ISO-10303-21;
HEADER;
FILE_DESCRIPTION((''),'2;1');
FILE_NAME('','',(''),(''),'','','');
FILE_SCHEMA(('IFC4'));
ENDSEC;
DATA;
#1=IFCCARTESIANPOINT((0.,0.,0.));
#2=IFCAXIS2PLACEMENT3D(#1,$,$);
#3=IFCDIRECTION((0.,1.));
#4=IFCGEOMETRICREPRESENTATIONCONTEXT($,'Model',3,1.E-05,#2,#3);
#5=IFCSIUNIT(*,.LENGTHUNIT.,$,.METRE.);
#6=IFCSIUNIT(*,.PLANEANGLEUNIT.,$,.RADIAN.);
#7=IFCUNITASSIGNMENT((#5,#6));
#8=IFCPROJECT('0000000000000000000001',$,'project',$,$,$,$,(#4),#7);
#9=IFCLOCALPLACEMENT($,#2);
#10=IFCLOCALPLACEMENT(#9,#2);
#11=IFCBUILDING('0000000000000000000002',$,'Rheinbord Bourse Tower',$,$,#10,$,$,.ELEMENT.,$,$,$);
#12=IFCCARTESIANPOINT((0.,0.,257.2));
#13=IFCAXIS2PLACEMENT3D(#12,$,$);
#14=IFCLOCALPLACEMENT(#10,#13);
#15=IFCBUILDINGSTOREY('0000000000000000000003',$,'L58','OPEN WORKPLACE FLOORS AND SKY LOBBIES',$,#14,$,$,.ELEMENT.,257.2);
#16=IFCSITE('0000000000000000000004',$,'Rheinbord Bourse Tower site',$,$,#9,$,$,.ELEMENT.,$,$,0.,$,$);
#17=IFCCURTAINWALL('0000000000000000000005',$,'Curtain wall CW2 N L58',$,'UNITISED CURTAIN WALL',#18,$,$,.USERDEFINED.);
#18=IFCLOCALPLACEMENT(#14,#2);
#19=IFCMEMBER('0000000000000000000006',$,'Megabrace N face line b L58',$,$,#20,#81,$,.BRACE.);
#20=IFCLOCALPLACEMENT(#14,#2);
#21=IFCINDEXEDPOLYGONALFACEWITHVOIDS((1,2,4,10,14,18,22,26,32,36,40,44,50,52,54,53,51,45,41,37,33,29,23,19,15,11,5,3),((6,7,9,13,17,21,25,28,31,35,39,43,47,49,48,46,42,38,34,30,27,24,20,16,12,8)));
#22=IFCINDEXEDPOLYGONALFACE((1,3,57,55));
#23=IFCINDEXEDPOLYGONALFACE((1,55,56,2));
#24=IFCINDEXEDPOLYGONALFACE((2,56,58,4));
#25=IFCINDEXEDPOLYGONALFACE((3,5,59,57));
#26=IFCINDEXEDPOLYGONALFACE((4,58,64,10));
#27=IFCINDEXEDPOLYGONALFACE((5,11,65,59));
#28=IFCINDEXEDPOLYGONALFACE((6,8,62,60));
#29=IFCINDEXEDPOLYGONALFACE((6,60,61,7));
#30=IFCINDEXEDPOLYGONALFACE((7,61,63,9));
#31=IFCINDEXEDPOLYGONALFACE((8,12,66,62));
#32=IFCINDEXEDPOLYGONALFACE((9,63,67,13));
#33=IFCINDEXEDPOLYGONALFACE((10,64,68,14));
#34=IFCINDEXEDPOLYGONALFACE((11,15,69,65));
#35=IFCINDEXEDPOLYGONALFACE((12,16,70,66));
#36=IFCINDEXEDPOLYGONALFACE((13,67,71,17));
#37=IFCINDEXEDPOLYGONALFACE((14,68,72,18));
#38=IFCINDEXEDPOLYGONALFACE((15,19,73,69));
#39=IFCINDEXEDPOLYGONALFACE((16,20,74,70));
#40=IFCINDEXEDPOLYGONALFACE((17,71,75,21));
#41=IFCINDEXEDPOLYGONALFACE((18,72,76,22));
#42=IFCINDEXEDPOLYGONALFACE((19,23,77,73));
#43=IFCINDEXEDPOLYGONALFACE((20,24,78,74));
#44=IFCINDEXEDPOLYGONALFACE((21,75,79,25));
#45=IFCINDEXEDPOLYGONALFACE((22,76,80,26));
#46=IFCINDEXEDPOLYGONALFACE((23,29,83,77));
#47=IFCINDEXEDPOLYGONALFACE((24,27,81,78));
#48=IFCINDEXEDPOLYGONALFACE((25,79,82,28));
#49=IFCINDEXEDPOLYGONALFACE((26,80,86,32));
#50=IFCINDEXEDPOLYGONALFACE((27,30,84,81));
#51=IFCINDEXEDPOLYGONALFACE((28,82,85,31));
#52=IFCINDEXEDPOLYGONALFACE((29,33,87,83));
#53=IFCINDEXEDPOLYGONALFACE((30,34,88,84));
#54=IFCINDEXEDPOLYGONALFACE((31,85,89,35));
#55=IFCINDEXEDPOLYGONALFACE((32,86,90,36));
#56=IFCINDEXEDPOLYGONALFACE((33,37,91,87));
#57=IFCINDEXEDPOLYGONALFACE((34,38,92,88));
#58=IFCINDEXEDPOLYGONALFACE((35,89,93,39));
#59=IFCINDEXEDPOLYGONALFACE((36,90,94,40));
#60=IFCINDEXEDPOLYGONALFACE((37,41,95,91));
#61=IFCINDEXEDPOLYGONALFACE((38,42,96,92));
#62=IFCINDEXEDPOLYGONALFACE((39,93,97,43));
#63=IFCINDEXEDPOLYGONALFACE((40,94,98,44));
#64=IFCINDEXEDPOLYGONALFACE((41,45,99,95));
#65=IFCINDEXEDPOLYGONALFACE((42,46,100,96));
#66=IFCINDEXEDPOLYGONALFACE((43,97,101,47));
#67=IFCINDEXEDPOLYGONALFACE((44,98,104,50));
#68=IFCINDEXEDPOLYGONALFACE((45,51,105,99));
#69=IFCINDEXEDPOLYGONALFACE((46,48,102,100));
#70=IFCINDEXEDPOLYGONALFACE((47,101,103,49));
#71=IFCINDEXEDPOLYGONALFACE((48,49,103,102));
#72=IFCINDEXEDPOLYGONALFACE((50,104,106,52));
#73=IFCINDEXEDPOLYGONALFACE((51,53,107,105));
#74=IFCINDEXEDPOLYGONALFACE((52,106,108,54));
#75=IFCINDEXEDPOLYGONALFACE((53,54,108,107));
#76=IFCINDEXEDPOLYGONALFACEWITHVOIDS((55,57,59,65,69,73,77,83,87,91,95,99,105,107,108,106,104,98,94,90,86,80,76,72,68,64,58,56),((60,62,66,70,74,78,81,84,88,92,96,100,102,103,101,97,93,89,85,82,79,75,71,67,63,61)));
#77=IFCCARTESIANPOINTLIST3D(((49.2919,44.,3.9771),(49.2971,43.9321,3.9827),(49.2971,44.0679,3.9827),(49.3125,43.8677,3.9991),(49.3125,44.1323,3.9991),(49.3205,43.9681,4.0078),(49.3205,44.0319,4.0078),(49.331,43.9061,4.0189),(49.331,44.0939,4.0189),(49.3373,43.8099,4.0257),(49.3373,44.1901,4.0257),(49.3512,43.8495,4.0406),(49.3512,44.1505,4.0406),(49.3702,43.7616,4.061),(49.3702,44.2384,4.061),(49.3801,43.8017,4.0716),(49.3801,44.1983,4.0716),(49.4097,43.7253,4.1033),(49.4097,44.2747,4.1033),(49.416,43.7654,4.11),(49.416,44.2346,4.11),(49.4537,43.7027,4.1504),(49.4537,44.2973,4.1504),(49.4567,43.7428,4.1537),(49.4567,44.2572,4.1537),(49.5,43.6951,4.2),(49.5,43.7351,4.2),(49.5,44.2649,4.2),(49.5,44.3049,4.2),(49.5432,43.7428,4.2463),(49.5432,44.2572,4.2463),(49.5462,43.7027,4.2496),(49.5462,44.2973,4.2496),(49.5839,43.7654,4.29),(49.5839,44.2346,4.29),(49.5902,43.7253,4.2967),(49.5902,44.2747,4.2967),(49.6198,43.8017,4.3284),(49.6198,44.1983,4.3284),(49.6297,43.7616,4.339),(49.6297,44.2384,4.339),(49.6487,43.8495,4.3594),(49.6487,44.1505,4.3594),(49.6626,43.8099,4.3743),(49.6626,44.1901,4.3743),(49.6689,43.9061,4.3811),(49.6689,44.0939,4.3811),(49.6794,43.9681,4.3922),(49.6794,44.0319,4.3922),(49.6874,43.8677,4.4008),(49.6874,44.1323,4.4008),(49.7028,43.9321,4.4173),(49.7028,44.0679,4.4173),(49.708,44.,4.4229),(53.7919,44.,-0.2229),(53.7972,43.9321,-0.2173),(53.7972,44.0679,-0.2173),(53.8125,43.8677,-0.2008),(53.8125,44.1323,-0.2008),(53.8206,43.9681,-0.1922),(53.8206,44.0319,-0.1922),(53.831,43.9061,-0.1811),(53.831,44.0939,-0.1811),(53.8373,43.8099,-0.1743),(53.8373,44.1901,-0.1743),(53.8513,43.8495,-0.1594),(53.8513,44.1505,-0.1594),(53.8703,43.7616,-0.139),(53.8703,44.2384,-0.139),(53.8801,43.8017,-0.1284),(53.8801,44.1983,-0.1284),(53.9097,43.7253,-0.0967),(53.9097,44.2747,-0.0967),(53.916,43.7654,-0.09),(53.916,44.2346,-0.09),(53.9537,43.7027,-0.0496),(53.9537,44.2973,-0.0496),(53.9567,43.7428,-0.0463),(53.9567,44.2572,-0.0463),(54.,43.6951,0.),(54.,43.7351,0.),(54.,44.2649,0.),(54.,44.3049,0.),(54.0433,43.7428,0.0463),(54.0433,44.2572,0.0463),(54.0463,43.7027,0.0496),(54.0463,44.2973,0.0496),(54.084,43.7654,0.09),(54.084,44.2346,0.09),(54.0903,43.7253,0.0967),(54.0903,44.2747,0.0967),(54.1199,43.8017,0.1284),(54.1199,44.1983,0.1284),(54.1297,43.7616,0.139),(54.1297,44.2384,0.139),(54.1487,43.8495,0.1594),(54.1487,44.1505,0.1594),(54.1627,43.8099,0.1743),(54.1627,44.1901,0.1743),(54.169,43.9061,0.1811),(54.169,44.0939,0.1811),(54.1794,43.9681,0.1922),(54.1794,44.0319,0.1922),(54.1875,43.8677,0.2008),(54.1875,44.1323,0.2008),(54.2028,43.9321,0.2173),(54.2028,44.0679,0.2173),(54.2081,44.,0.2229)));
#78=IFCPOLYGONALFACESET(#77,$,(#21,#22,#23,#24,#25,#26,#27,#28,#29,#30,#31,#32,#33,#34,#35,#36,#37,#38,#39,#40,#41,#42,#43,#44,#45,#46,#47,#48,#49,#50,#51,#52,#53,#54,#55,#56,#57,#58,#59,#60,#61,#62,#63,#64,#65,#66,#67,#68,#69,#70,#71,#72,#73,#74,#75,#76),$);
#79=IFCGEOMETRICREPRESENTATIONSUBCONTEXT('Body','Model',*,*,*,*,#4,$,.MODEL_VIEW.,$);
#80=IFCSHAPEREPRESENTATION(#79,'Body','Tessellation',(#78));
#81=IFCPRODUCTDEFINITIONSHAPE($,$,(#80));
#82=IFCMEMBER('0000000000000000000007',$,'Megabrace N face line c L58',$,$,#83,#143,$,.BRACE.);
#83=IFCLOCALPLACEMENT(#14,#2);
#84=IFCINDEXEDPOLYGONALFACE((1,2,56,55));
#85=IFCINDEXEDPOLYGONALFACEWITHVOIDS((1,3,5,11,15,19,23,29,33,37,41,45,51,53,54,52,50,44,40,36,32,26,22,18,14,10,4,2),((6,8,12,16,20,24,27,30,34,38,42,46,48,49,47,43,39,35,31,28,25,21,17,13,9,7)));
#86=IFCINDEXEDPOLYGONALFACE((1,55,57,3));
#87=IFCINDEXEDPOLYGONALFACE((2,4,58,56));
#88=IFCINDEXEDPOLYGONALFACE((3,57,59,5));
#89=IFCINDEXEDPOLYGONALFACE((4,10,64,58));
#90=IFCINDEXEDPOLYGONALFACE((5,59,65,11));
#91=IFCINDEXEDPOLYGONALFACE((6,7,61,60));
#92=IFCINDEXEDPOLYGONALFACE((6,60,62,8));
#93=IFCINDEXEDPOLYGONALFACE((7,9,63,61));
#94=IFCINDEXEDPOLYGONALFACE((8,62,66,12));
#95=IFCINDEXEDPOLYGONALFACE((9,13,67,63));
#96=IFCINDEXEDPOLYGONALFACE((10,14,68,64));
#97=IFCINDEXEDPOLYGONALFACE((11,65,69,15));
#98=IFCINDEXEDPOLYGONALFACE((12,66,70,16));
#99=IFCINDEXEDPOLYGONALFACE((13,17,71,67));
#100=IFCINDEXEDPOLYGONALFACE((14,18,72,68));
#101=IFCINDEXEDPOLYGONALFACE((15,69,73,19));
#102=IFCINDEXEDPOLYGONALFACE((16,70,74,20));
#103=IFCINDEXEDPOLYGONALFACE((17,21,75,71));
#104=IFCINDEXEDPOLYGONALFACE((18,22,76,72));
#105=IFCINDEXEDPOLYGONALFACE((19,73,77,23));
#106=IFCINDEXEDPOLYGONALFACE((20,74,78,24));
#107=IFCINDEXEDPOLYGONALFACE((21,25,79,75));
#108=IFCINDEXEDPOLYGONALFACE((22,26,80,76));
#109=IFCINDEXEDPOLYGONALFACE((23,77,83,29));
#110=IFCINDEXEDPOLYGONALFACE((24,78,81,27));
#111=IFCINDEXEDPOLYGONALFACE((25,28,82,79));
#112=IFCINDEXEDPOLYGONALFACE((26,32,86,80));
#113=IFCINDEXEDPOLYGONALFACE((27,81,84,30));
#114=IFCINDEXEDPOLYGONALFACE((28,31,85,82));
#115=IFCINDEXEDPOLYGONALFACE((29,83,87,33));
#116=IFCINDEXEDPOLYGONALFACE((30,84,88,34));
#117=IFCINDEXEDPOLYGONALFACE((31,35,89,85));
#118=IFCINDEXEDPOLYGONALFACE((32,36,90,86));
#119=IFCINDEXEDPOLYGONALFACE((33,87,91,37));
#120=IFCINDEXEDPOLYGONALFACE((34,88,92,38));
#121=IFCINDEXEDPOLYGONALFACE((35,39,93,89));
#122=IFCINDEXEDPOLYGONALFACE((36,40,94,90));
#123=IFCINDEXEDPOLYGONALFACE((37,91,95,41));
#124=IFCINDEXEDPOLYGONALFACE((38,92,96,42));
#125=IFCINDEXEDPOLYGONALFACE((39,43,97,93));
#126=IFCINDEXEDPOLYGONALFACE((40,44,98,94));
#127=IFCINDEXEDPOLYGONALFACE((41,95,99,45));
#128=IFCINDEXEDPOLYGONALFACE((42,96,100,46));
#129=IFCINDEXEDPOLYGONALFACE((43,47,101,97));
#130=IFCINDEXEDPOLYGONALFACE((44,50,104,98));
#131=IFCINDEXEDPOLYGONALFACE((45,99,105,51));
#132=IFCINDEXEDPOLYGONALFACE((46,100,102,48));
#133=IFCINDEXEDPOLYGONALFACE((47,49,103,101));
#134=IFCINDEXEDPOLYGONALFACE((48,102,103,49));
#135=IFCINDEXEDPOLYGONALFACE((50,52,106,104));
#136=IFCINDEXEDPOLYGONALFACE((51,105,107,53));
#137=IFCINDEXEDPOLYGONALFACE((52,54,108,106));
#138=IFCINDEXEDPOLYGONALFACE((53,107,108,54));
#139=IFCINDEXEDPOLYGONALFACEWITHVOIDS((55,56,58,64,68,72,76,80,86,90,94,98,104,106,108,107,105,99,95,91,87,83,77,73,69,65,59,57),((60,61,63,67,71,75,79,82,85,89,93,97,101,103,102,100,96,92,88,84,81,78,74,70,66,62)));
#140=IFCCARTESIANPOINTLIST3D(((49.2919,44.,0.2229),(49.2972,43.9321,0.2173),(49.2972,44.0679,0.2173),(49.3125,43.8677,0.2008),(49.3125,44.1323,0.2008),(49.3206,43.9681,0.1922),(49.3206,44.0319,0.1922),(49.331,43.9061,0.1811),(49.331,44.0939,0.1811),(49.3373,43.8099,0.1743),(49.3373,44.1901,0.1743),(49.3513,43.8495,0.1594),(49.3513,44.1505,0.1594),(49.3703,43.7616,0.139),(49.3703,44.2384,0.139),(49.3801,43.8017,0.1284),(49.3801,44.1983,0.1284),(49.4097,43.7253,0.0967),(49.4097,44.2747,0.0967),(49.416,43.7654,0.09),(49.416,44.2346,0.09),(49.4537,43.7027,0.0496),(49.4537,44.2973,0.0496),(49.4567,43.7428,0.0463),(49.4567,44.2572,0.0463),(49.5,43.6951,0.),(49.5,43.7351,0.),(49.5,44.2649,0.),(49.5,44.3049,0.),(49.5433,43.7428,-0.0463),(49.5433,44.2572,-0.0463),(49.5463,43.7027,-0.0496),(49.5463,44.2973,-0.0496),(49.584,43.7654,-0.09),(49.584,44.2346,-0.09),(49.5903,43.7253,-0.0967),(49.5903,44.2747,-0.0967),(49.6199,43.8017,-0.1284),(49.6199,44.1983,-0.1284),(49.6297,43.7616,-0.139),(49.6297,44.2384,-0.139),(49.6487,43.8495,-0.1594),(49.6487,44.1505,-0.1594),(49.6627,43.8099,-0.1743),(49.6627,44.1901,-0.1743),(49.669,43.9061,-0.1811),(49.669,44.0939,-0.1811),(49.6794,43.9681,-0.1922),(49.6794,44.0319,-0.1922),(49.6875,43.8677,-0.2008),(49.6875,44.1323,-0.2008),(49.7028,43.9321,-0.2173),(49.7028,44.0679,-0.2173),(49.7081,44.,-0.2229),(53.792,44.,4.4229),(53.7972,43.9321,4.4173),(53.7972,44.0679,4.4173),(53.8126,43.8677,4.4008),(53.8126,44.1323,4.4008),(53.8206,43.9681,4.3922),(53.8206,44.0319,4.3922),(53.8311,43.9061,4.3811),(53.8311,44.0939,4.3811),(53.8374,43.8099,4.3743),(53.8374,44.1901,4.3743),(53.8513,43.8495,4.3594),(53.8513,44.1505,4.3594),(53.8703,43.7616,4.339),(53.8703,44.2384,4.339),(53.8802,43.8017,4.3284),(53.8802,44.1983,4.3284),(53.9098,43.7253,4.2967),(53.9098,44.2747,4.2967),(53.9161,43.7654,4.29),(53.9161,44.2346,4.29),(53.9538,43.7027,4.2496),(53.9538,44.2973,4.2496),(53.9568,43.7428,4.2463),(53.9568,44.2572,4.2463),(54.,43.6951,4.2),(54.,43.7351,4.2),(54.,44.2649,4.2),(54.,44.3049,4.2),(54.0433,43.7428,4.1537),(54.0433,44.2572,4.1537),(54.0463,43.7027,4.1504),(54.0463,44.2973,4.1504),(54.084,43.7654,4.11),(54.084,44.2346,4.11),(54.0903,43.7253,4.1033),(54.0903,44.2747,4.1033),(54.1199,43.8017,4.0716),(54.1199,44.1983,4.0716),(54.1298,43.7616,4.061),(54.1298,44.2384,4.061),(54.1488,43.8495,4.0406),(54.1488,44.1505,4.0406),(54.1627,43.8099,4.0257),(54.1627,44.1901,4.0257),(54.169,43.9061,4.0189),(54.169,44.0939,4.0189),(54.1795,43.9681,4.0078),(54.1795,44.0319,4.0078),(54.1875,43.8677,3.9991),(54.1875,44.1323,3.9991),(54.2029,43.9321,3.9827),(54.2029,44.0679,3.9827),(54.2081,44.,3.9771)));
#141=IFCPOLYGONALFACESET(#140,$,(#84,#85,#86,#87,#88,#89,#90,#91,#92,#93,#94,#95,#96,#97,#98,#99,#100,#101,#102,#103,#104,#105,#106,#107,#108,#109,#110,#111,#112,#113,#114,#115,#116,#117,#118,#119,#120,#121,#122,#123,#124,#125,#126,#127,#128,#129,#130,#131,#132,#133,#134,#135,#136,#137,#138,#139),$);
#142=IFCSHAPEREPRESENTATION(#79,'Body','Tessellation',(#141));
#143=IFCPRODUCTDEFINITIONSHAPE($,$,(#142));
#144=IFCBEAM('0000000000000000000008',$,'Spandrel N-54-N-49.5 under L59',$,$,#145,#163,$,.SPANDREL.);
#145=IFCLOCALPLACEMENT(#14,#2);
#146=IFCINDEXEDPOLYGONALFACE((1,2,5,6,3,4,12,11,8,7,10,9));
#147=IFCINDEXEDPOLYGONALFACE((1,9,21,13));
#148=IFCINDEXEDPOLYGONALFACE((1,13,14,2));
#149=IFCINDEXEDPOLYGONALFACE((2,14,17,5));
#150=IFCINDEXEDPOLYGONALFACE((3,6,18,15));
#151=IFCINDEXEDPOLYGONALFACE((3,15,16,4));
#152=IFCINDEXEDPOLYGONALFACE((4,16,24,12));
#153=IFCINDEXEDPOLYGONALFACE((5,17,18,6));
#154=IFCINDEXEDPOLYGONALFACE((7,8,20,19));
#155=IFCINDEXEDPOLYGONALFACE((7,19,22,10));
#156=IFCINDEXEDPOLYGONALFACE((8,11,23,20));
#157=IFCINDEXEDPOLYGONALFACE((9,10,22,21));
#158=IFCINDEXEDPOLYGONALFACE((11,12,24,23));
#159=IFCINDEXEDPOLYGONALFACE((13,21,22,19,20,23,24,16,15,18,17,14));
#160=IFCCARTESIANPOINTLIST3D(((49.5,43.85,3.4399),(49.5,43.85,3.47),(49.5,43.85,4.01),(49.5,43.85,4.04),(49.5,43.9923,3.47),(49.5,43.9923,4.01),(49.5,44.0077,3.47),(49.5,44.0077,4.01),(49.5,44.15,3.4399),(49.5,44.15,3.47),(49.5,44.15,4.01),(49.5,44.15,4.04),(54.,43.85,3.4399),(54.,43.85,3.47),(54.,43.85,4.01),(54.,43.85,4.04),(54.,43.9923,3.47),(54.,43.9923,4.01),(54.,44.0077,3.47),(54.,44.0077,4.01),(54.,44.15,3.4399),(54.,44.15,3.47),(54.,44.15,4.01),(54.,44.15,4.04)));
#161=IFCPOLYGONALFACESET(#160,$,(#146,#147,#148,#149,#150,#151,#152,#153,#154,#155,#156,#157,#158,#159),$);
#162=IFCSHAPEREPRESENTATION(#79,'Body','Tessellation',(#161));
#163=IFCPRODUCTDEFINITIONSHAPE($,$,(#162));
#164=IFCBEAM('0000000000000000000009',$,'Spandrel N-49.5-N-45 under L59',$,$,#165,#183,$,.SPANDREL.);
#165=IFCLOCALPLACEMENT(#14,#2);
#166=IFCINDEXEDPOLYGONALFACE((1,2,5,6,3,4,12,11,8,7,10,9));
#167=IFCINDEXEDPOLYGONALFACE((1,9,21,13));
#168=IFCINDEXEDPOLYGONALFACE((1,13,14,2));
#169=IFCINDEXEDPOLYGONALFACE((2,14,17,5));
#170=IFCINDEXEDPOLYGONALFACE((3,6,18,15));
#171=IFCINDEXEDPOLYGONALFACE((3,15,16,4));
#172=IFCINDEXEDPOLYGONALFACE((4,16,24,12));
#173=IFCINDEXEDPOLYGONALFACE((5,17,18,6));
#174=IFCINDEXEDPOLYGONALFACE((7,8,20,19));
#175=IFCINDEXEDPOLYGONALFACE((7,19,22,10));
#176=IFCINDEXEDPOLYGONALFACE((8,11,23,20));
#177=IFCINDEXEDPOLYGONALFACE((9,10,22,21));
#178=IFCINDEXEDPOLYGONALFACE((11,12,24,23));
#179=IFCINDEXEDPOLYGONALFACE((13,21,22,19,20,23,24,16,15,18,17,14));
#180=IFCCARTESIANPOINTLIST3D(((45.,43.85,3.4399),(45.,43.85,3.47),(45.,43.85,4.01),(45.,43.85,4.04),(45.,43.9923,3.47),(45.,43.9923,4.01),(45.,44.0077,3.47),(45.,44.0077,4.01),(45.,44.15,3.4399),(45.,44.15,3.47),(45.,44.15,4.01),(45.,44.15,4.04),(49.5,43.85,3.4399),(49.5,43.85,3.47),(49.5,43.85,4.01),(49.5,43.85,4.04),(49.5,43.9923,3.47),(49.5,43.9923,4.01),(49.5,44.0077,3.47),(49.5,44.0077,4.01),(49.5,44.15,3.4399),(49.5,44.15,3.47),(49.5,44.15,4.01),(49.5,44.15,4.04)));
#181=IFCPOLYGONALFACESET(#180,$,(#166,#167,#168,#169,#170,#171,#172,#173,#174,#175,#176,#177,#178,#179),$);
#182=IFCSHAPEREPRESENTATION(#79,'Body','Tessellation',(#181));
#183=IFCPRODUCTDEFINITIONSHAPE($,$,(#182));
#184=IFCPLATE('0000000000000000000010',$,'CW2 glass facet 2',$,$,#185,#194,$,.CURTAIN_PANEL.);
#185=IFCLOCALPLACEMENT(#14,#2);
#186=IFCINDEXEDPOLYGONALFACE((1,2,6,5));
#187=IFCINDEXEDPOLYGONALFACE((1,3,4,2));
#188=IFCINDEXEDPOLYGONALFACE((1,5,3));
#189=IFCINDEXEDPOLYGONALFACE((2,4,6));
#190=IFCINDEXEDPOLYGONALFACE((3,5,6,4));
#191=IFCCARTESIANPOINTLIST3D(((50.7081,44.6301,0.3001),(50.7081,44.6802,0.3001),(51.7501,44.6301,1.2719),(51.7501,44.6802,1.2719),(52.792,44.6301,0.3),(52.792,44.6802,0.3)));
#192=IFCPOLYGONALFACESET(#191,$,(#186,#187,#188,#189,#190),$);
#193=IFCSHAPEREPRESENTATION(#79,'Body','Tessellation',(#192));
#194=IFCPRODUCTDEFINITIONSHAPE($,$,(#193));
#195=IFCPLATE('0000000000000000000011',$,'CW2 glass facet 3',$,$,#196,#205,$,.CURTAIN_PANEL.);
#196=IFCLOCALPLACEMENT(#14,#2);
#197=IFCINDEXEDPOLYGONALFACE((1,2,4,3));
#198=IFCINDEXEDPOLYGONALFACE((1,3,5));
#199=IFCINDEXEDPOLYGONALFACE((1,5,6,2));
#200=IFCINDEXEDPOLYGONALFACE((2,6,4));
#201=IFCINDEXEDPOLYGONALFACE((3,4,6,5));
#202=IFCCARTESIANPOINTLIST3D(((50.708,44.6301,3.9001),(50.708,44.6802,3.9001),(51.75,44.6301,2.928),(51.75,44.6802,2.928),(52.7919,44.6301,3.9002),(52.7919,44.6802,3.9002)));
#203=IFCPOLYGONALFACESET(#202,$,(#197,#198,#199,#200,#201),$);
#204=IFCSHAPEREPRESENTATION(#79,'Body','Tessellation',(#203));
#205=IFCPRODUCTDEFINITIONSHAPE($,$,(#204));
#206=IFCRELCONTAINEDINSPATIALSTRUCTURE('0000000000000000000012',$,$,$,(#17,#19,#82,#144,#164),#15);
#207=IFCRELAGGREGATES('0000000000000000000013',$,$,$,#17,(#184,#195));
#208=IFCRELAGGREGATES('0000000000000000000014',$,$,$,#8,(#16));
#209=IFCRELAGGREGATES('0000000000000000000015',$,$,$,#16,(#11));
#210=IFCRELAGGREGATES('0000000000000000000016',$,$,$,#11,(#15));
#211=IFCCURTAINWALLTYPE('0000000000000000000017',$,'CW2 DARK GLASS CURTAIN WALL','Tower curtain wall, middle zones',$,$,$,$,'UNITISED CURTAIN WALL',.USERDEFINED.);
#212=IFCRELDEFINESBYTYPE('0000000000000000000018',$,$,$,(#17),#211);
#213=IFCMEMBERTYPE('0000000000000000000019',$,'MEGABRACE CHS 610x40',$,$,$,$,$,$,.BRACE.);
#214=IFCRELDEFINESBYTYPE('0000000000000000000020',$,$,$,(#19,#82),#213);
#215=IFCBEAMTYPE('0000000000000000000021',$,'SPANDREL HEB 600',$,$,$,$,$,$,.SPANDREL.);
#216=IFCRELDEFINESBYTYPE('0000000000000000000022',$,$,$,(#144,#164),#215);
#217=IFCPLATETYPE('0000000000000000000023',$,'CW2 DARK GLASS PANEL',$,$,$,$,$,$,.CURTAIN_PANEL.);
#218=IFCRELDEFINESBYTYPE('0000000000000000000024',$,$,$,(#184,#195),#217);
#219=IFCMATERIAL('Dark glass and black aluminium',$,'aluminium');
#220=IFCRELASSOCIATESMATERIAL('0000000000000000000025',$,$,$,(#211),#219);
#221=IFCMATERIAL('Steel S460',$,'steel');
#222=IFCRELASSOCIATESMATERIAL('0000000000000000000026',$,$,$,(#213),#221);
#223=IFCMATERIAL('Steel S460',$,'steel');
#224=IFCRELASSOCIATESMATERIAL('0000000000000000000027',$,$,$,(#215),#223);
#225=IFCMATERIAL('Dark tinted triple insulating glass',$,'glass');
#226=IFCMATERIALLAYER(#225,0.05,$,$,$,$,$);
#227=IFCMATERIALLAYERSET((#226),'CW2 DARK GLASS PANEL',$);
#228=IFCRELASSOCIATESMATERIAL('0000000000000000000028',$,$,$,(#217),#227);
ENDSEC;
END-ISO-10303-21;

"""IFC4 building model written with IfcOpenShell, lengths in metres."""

from ifc_helpers import new_model, si_unit, direction, frame, origin, origin_2d, place, context, subcontext, project, spatial, polyline, hollow_circle, i_section, outline, extrude, material, layer, layer_set, material_profile, profile_set, type_object, element, aggregate, save


model = new_model("IFC4")

# Units and contexts
model_context = context("Model", 3, precision=1e-05, world=origin(), true_north=direction((0.0, 1.0)))
body_context = subcontext(model_context, "Body", "Model", "MODEL_VIEW")
ifc_project = project(units=[si_unit("LENGTHUNIT", "METRE"), si_unit("PLANEANGLEUNIT", "RADIAN")], contexts=[model_context])

# Site, building, storey
site_placement = place(None, origin())
site = spatial("IfcSite", under=ifc_project, at=site_placement, Name="Rheinbord Bourse Tower site", CompositionType="ELEMENT", RefElevation=0.0)
building_placement = place(site_placement, origin())
building = spatial("IfcBuilding", under=site, at=building_placement, Name="Rheinbord Bourse Tower", CompositionType="ELEMENT")
storey_placement = place(building_placement, frame((0.0, 0.0, 257.2)))
storey = spatial("IfcBuildingStorey", under=building, at=storey_placement, Name="L58", Description="OPEN WORKPLACE FLOORS AND SKY LOBBIES", CompositionType="ELEMENT", Elevation=257.2)

# Curtain wall
ifc_material_1 = material(Name="Dark glass and black aluminium", Category="aluminium")
curtain_wall_type = type_object("IfcCurtainWallType", Name="CW2 DARK GLASS CURTAIN WALL", Description="Tower curtain wall, middle zones", ElementType="UNITISED CURTAIN WALL", PredefinedType="USERDEFINED", material=ifc_material_1)
curtain_wall_placement = place(storey_placement, origin())
curtain_wall = element("IfcCurtainWall", 1, at=curtain_wall_placement, inside=storey, type_object=curtain_wall_type, Name="Curtain wall CW2 N L58", ObjectType="UNITISED CURTAIN WALL", PredefinedType="USERDEFINED")

# Members
ifc_material_2 = material(Name="Steel S460", Category="steel")
ifc_material_profile_1 = material_profile(ifc_material_2, hollow_circle(Radius=0.3049, WallThickness=0.04, at=origin_2d()), Name="CHS 610x40")
ifc_profile_set_1 = profile_set([ifc_material_profile_1], Name="Steel S460")
member_type_1 = type_object("IfcMemberType", Name="MEGABRACE CHS 610x40", PredefinedType="BRACE", material=ifc_profile_set_1)
for number, where, z_axis, x_axis, name in (
    (2, (54.0, 44.0, 0.0), (-0.731059, 0.0, 0.682314), (0.0, -1.0, 0.0), "Megabrace N face line b L58"),
    (3, (49.5, 44.0, 0.0), (0.731059, 0.0, 0.682314), (0.0, 1.0, 0.0), "Megabrace N face line c L58"),
):
    element("IfcMember", number, at=place(storey_placement, frame(where, z_axis=z_axis, x_axis=x_axis)), inside=storey, type_object=member_type_1, Name=name, PredefinedType="BRACE", context=body_context, shape_type="SweptSolid", body=[
        extrude(hollow_circle(Radius=0.3049, WallThickness=0.04, at=origin_2d()), origin(), (0.0, 0.0, 1.0), 6.1555),
    ])

# Beams
ifc_material_3 = material(Name="Steel S460", Category="steel")
ifc_material_profile_2 = material_profile(ifc_material_3, i_section(OverallWidth=0.3, OverallDepth=0.6001, WebThickness=0.0154, FlangeThickness=0.03, at=origin_2d()), Name="HEB 600")
ifc_profile_set_2 = profile_set([ifc_material_profile_2], Name="Steel S460")
beam_type_1 = type_object("IfcBeamType", Name="SPANDREL HEB 600", PredefinedType="SPANDREL", material=ifc_profile_set_2)
for number, where, z_axis, x_axis, name in (
    (4, (54.0, 44.0, 3.74), (-1.0, 0.0, 0.0), (0.0, -1.0, 0.0), "Spandrel N-54-N-49.5 under L59"),
    (5, (49.5, 44.0, 3.74), (-1.0, 0.0, 0.0), (0.0, -1.0, 0.0), "Spandrel N-49.5-N-45 under L59"),
):
    element("IfcBeam", number, at=place(storey_placement, frame(where, z_axis=z_axis, x_axis=x_axis)), inside=storey, type_object=beam_type_1, Name=name, PredefinedType="SPANDREL", context=body_context, shape_type="SweptSolid", body=[
        extrude(i_section(OverallWidth=0.3, OverallDepth=0.6001, WebThickness=0.0154, FlangeThickness=0.03, at=origin_2d()), origin(), (0.0, 0.0, 1.0), 4.5),
    ])

# Plates
ifc_material_4 = material(Name="Dark tinted triple insulating glass", Category="glass")
ifc_layer = layer(ifc_material_4, 0.05)
ifc_layer_set = layer_set([ifc_layer], Name="CW2 DARK GLASS PANEL")
plate_type = type_object("IfcPlateType", Name="CW2 DARK GLASS PANEL", PredefinedType="CURTAIN_PANEL", material=ifc_layer_set)
plate_1_placement = place(storey_placement, frame((52.792, 44.6802, 0.3), z_axis=(0.0, -1.0, 0.0), x_axis=(-0.731266, 0.0, 0.682092)))
plate_1 = element("IfcPlate", 6, at=plate_1_placement, type_object=plate_type, Name="CW2 glass facet 2", PredefinedType="CURTAIN_PANEL", context=body_context, shape_type="SweptSolid", body=[
    extrude(outline(polyline([(0.0, 0.0), (1.4248, 0.0), (1.5239, 1.4214), (0.0, 0.0)])), origin(), (0.0, 0.0, 1.0), 0.05),
])
plate_2_placement = place(storey_placement, frame((50.708, 44.6802, 3.9001), z_axis=(0.0, -1.0, 0.0), x_axis=(0.731181, 0.0, -0.682184)))
plate_2 = element("IfcPlate", 7, at=plate_2_placement, type_object=plate_type, Name="CW2 glass facet 3", PredefinedType="CURTAIN_PANEL", context=body_context, shape_type="SweptSolid", body=[
    extrude(outline(polyline([(0.0, 0.0), (1.425, 0.0), (1.5237, 1.4216), (0.0, 0.0)])), origin(), (0.0, 0.0, 1.0), 0.05),
])
aggregate(curtain_wall, [plate_1, plate_2])

save(model, "model.ifc")
